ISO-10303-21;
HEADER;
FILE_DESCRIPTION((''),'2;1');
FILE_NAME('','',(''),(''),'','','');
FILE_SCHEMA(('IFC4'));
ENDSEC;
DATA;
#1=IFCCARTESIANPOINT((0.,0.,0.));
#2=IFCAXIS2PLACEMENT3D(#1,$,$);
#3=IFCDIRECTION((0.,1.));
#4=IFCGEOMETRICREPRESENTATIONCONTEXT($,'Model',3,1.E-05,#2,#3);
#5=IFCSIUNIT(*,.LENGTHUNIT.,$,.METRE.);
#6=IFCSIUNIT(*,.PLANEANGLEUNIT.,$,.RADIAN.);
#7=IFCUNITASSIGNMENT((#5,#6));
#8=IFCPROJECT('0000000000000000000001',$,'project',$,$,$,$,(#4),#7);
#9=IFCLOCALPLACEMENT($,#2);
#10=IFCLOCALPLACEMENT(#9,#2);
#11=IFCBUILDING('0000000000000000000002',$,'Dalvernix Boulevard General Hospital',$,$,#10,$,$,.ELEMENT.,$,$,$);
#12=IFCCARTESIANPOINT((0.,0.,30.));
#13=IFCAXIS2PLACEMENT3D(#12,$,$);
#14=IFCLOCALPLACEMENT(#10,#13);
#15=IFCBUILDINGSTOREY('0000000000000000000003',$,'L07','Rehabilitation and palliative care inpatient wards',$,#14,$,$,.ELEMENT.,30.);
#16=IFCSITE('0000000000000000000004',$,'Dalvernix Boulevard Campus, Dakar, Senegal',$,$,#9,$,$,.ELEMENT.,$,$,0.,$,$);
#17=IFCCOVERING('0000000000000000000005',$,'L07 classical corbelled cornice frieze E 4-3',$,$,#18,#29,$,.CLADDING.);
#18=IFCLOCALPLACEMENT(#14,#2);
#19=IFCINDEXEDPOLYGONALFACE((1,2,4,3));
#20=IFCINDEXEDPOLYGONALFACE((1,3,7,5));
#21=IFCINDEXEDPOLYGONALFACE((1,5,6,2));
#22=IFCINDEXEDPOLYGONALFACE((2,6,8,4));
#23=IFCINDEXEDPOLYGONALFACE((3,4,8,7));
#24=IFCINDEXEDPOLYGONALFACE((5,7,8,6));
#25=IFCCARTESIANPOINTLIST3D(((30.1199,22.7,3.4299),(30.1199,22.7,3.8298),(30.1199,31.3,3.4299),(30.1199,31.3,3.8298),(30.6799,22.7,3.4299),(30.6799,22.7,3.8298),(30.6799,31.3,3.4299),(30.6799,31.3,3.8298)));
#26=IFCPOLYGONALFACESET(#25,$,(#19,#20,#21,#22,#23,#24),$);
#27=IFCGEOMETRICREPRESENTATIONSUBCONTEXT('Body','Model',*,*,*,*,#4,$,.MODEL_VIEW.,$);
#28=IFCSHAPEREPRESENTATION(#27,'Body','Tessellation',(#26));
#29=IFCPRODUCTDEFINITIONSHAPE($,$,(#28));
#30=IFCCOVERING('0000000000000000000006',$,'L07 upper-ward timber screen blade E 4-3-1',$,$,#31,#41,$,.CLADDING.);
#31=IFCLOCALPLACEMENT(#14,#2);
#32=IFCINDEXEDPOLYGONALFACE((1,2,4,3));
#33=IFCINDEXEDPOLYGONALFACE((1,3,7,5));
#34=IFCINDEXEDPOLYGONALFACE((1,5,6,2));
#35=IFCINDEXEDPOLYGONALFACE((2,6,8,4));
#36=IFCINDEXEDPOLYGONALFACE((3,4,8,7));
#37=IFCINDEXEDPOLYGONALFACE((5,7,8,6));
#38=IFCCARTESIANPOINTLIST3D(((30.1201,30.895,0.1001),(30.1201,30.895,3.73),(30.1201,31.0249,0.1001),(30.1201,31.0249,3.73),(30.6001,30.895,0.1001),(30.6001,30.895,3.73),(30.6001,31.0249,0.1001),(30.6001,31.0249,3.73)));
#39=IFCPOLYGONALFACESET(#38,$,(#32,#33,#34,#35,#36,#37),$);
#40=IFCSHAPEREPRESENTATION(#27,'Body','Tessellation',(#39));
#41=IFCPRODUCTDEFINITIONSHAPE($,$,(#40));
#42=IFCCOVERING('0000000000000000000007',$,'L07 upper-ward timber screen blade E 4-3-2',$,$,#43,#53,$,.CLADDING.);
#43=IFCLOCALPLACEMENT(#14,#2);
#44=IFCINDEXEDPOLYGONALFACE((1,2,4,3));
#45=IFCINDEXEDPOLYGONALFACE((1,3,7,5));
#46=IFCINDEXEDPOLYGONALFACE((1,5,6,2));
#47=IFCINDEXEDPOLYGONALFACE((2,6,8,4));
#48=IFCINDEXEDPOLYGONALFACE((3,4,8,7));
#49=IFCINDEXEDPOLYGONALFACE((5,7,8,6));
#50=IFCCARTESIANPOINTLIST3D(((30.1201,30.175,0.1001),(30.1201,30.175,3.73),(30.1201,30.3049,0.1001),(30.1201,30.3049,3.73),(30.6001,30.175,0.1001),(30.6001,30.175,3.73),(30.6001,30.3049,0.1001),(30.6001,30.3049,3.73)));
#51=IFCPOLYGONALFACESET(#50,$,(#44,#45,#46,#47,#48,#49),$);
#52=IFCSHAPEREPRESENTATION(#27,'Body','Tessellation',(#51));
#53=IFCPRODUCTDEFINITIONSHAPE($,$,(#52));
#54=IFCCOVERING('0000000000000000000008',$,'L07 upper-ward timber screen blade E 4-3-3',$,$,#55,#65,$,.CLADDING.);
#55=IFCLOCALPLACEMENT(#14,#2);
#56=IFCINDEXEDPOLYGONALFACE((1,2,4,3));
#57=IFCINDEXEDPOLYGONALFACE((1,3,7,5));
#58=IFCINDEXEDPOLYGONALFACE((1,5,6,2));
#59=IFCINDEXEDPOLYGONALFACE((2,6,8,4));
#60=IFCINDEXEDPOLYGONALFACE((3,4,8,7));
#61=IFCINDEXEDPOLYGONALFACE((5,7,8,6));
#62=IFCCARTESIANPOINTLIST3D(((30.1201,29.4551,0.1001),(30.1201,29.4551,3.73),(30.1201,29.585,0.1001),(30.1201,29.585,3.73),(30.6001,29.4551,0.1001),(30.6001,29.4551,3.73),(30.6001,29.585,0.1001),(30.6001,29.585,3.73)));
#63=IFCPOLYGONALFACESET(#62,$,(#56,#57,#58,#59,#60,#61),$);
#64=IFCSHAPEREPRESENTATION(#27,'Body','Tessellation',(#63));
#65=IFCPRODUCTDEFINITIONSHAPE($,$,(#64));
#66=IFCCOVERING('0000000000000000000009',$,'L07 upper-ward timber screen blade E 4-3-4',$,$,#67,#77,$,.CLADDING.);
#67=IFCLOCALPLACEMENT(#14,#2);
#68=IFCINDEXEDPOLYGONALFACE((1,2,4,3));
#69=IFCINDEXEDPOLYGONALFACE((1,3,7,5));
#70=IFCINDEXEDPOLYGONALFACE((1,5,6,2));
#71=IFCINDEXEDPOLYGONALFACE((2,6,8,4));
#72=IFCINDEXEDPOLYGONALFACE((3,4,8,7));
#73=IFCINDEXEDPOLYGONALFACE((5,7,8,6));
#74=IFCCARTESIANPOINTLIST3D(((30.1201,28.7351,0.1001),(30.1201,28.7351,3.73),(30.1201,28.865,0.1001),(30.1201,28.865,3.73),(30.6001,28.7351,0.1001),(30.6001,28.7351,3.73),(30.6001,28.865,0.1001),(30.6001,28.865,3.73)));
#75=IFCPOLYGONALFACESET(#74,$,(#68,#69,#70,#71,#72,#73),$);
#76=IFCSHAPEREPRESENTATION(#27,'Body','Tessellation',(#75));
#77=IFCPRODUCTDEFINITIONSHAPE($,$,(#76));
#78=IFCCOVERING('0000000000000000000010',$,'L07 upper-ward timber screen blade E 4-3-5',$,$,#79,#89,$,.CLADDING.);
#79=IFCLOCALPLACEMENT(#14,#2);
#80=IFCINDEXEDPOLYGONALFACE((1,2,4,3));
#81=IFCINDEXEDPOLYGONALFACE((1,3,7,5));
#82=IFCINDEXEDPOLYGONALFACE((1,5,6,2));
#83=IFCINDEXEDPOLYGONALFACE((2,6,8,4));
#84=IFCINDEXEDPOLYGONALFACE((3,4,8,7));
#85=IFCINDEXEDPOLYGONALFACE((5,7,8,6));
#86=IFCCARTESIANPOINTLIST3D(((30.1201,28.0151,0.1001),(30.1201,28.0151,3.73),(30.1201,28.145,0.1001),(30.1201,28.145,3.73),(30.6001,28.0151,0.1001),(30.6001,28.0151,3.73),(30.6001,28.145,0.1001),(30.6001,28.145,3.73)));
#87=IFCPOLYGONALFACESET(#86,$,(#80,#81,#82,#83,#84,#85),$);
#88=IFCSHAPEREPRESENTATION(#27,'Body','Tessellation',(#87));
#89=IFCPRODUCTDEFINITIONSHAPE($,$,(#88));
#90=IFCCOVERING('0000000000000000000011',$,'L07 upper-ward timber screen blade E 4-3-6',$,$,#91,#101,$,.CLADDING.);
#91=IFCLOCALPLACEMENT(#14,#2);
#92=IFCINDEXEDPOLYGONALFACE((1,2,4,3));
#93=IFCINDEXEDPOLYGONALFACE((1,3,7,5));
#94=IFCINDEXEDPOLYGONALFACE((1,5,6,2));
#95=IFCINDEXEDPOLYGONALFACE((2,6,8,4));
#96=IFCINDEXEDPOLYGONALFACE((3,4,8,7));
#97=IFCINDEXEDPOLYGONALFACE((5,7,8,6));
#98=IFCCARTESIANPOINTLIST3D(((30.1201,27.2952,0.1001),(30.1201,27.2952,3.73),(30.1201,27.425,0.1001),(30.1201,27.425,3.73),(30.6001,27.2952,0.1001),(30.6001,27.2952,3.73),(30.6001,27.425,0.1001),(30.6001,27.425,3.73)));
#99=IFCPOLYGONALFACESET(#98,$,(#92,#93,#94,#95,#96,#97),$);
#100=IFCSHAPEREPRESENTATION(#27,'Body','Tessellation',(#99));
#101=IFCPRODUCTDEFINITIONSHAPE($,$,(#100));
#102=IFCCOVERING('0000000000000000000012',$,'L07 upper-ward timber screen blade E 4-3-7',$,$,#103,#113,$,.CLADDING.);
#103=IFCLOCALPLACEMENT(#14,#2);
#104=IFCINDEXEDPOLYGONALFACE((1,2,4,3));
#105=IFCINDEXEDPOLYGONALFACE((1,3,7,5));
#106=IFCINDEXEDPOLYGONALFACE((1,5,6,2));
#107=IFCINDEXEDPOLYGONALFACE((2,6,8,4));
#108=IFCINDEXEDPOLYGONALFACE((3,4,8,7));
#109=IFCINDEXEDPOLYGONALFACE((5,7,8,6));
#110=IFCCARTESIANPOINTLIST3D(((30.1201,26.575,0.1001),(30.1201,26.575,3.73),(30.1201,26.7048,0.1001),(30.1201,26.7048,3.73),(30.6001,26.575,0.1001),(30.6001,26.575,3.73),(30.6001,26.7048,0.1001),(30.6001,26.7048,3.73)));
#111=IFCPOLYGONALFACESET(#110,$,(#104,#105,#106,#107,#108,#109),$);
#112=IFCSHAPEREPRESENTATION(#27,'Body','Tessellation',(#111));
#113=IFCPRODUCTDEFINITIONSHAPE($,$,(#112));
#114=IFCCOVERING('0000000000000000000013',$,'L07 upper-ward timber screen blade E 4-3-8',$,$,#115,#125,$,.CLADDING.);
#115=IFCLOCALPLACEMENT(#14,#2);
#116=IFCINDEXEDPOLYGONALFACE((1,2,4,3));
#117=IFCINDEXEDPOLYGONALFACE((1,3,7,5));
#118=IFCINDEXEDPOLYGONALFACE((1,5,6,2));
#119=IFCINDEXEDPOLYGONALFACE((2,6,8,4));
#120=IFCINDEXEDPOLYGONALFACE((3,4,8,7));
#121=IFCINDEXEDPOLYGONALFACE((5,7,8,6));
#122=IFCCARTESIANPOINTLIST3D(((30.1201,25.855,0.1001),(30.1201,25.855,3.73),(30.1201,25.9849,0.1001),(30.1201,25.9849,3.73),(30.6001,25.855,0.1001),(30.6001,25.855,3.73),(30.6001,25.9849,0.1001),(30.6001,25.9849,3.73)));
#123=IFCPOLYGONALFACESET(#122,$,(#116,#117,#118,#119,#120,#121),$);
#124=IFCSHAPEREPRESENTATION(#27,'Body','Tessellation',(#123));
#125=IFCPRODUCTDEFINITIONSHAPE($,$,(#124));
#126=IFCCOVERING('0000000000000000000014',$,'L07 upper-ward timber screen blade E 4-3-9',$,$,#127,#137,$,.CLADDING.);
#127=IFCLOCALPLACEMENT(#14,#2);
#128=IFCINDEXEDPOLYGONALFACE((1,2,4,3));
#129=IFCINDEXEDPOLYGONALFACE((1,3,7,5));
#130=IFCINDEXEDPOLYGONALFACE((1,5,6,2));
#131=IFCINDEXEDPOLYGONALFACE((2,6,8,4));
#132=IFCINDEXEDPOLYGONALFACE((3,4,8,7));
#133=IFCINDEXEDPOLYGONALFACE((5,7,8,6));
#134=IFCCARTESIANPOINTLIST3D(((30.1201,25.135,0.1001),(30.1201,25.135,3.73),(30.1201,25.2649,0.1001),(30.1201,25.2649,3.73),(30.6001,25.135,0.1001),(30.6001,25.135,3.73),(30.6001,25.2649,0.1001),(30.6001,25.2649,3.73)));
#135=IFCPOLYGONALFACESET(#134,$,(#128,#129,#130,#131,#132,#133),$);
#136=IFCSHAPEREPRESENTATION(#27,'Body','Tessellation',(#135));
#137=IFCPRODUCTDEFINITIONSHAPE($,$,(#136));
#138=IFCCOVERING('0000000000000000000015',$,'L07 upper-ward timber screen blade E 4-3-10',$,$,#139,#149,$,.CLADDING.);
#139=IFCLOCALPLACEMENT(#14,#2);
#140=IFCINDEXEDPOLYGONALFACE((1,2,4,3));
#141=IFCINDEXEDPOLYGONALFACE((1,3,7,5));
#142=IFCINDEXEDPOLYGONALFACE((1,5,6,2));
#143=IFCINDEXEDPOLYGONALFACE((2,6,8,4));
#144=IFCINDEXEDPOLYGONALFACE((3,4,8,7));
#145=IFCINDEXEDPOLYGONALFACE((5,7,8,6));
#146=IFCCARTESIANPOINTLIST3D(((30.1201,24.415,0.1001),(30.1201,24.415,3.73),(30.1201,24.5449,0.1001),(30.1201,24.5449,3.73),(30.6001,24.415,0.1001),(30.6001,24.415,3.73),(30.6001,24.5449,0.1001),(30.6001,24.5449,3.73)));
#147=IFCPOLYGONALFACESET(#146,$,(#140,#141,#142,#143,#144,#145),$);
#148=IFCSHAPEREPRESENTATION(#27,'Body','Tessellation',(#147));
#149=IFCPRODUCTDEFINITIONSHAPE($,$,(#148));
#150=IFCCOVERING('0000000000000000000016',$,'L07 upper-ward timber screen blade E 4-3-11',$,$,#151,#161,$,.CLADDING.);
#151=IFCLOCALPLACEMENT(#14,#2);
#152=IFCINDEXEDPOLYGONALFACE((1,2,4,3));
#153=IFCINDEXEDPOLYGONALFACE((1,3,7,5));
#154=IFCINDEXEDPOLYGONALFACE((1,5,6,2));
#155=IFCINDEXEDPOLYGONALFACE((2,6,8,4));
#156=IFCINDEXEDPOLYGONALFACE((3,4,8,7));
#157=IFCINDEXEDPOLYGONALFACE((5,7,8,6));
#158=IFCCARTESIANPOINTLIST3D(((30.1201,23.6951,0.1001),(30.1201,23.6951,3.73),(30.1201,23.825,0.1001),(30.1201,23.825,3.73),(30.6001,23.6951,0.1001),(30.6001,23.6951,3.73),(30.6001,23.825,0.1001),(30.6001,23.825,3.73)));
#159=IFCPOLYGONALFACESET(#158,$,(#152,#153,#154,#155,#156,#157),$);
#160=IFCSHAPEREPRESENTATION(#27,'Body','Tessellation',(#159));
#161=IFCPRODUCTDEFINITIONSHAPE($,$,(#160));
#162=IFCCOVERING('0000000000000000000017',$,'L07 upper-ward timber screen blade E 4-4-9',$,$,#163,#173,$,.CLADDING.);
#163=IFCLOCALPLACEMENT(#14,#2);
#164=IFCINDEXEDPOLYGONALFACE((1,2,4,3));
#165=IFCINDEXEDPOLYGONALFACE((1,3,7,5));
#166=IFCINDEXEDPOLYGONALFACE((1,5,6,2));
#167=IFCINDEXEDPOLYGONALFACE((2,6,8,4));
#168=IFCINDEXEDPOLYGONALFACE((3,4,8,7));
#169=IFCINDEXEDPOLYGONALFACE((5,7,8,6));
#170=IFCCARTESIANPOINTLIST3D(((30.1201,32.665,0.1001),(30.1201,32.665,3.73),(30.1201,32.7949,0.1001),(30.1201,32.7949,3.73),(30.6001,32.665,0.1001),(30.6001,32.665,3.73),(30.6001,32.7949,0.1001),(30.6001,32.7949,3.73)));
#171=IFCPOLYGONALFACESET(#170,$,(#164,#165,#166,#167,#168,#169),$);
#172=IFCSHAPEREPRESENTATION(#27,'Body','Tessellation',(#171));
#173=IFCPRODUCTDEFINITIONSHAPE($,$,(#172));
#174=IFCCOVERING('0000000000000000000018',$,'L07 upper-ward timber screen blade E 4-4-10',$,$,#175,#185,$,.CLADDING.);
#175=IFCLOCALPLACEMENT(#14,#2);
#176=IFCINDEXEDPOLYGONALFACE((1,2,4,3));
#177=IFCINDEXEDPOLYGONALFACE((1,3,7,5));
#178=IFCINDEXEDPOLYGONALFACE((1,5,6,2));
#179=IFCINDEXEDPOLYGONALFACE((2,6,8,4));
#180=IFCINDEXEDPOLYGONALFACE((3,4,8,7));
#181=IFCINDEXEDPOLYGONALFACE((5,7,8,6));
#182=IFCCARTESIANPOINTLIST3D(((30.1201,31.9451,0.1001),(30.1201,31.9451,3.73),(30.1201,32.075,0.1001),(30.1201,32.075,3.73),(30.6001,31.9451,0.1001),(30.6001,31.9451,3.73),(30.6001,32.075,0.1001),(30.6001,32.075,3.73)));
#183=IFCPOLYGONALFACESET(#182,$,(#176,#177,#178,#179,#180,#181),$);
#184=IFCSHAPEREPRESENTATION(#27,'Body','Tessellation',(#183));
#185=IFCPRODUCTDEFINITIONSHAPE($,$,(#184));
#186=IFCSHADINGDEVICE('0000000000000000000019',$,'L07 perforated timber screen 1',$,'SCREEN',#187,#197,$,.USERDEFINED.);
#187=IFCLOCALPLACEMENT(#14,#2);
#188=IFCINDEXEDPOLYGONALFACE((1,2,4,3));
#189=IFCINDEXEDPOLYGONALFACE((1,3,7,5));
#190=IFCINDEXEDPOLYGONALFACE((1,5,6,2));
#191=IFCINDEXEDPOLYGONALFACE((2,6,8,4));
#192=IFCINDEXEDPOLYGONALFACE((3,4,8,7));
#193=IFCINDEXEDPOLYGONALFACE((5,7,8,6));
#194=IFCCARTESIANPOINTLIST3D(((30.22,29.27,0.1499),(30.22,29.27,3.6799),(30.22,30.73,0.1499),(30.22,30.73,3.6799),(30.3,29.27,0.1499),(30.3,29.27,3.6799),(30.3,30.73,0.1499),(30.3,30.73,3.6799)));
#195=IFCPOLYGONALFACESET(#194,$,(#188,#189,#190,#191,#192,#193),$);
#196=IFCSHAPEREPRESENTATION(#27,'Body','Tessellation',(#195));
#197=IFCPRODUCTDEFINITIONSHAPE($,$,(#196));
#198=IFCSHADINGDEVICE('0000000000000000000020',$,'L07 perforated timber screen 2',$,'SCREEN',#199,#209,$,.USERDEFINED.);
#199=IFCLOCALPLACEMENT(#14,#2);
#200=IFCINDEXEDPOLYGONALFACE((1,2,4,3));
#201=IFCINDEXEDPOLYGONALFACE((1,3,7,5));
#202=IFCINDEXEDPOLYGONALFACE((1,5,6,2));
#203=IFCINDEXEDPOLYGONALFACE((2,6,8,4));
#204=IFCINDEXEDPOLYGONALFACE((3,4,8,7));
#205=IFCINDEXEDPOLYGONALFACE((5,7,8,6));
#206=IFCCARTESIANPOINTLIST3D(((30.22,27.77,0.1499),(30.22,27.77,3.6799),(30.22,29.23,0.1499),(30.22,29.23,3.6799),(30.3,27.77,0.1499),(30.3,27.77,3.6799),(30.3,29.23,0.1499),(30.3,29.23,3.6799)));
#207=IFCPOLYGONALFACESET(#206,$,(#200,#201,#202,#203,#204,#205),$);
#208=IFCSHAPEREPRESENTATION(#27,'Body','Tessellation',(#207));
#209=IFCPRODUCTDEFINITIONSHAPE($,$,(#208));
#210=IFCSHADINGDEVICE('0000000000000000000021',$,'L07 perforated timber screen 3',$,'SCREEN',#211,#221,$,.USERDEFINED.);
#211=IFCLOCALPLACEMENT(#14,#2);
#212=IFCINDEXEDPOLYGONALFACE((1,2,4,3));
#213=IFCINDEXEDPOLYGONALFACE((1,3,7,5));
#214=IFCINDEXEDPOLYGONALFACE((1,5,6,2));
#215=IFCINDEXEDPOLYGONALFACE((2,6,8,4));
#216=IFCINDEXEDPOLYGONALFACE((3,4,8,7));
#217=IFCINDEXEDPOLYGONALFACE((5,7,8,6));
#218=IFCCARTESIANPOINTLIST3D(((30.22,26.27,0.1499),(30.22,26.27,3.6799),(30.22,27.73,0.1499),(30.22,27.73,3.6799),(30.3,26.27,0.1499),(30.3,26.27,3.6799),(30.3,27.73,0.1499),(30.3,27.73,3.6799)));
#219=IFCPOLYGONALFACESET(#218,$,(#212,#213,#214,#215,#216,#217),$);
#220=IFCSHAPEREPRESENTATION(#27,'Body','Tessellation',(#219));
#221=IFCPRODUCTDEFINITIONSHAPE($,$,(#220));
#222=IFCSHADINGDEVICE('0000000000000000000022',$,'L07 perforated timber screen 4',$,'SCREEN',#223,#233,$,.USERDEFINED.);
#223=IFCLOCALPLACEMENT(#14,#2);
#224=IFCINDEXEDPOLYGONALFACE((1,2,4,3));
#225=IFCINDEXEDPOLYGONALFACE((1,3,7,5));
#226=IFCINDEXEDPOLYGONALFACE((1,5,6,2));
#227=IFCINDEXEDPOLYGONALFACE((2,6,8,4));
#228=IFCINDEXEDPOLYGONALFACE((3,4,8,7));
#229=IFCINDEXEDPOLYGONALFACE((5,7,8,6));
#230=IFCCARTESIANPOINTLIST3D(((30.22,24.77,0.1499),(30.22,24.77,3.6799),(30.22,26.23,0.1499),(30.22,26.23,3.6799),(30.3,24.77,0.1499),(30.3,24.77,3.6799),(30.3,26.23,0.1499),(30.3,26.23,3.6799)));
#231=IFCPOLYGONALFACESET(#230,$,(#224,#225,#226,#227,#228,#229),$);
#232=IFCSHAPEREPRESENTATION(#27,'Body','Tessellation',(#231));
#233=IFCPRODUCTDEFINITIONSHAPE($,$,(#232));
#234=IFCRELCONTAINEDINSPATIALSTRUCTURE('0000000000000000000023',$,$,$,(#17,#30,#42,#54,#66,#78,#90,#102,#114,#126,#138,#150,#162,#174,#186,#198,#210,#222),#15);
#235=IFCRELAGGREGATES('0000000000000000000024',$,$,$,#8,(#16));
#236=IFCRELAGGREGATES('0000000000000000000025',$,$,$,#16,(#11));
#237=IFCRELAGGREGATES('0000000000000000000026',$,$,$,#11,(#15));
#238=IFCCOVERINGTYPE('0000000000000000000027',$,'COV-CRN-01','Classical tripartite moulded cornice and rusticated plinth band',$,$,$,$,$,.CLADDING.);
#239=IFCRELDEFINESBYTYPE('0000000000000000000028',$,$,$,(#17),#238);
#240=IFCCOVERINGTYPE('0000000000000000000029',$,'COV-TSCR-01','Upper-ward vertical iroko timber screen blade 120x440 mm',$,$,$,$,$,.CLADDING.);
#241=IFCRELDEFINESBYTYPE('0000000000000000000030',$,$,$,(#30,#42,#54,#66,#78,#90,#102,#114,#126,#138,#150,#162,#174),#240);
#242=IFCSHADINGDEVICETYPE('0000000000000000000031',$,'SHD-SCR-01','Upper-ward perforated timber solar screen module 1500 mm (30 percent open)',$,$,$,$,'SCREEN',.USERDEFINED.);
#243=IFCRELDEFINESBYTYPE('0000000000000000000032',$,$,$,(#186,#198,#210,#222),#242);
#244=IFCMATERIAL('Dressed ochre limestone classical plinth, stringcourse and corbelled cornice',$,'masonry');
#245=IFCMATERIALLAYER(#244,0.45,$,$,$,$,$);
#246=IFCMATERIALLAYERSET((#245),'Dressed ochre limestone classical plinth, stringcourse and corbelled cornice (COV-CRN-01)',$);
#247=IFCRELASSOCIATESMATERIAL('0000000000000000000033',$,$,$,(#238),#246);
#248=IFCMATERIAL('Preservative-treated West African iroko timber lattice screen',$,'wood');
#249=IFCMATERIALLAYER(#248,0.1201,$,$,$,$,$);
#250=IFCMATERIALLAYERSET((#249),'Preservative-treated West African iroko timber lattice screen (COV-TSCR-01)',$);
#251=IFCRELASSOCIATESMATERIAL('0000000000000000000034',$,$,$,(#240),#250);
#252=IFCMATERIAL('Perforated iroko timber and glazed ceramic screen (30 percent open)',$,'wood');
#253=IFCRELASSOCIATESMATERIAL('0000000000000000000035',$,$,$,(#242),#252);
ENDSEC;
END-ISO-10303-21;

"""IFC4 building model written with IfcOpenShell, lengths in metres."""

from ifc_helpers import new_model, si_unit, direction, frame, origin, origin_2d, place, context, subcontext, project, spatial, rectangle, extrude, material, layer, layer_set, type_object, element, save


model = new_model("IFC4")

# Units and contexts
model_context = context("Model", 3, precision=1e-05, world=origin(), true_north=direction((0.0, 1.0)))
body_context = subcontext(model_context, "Body", "Model", "MODEL_VIEW")
ifc_project = project(units=[si_unit("LENGTHUNIT", "METRE"), si_unit("PLANEANGLEUNIT", "RADIAN")], contexts=[model_context])

# Site, building, storey
site_placement = place(None, origin())
site = spatial("IfcSite", under=ifc_project, at=site_placement, Name="Dalvernix Boulevard Campus, Dakar, Senegal", CompositionType="ELEMENT", RefElevation=0.0)
building_placement = place(site_placement, origin())
building = spatial("IfcBuilding", under=site, at=building_placement, Name="Dalvernix Boulevard General Hospital", CompositionType="ELEMENT")
storey_placement = place(building_placement, frame((0.0, 0.0, 30.0)))
storey = spatial("IfcBuildingStorey", under=building, at=storey_placement, Name="L07", Description="Rehabilitation and palliative care inpatient wards", CompositionType="ELEMENT", Elevation=30.0)

# Coverings
ifc_material_1 = material(Name="Dressed ochre limestone classical plinth, stringcourse and corbelled cornice", Category="masonry")
ifc_layer_1 = layer(ifc_material_1, 0.45)
ifc_layer_set_1 = layer_set([ifc_layer_1], Name="Dressed ochre limestone classical plinth, stringcourse and corbelled cornice (COV-CRN-01)")
covering_type_1 = type_object("IfcCoveringType", Name="COV-CRN-01", Description="Classical tripartite moulded cornice and rusticated plinth band", PredefinedType="CLADDING", material=ifc_layer_set_1)
covering_placement = place(storey_placement, frame((30.3999, 27.0, 3.4299), z_axis=(0.0, 0.0, 1.0), x_axis=(0.0, -1.0, 0.0)))
element("IfcCovering", 1, at=covering_placement, inside=storey, type_object=covering_type_1, Name="L07 classical corbelled cornice frieze E 4-3", PredefinedType="CLADDING", context=body_context, shape_type="SweptSolid", body=[
    extrude(rectangle(XDim=8.6001, YDim=0.5601, at=origin_2d()), origin(), (0.0, 0.0, 1.0), 0.3999),
])
ifc_material_2 = material(Name="Preservative-treated West African iroko timber lattice screen", Category="wood")
ifc_layer_2 = layer(ifc_material_2, 0.1201)
ifc_layer_set_2 = layer_set([ifc_layer_2], Name="Preservative-treated West African iroko timber lattice screen (COV-TSCR-01)")
covering_type_2 = type_object("IfcCoveringType", Name="COV-TSCR-01", Description="Upper-ward vertical iroko timber screen blade 120x440 mm", PredefinedType="CLADDING", material=ifc_layer_set_2)
for number, where, z_axis, x_axis, name in (
    (2, (30.3601, 30.96, 0.1001), (0.0, 0.0, 1.0), (0.0, -1.0, 0.0), "L07 upper-ward timber screen blade E 4-3-1"),
    (3, (30.3601, 30.24, 0.1001), (0.0, 0.0, 1.0), (0.0, -1.0, 0.0), "L07 upper-ward timber screen blade E 4-3-2"),
    (4, (30.3601, 29.52, 0.1001), (0.0, 0.0, 1.0), (0.0, -1.0, 0.0), "L07 upper-ward timber screen blade E 4-3-3"),
    (5, (30.3601, 28.8, 0.1001), (0.0, 0.0, 1.0), (0.0, -1.0, 0.0), "L07 upper-ward timber screen blade E 4-3-4"),
    (6, (30.3601, 28.0801, 0.1001), (0.0, 0.0, 1.0), (0.0, -1.0, 0.0), "L07 upper-ward timber screen blade E 4-3-5"),
    (7, (30.3601, 27.3601, 0.1001), (0.0, 0.0, 1.0), (0.0, -1.0, 0.0), "L07 upper-ward timber screen blade E 4-3-6"),
    (8, (30.3601, 26.6399, 0.1001), (0.0, 0.0, 1.0), (0.0, -1.0, 0.0), "L07 upper-ward timber screen blade E 4-3-7"),
    (9, (30.3601, 25.9199, 0.1001), (0.0, 0.0, 1.0), (0.0, -1.0, 0.0), "L07 upper-ward timber screen blade E 4-3-8"),
    (10, (30.3601, 25.2, 0.1001), (0.0, 0.0, 1.0), (0.0, -1.0, 0.0), "L07 upper-ward timber screen blade E 4-3-9"),
    (11, (30.3601, 24.48, 0.1001), (0.0, 0.0, 1.0), (0.0, -1.0, 0.0), "L07 upper-ward timber screen blade E 4-3-10"),
    (12, (30.3601, 23.76, 0.1001), (0.0, 0.0, 1.0), (0.0, -1.0, 0.0), "L07 upper-ward timber screen blade E 4-3-11"),
    (13, (30.3601, 32.73, 0.1001), (0.0, 0.0, 1.0), (0.0, -1.0, 0.0), "L07 upper-ward timber screen blade E 4-4-9"),
    (14, (30.3601, 32.01, 0.1001), (0.0, 0.0, 1.0), (0.0, -1.0, 0.0), "L07 upper-ward timber screen blade E 4-4-10"),
):
    element("IfcCovering", number, at=place(storey_placement, frame(where, z_axis=z_axis, x_axis=x_axis)), inside=storey, type_object=covering_type_2, Name=name, PredefinedType="CLADDING", context=body_context, shape_type="SweptSolid", body=[
        extrude(rectangle(XDim=0.1299, YDim=0.48, at=origin_2d()), origin(), (0.0, 0.0, 1.0), 3.6299),
    ])

# Shading devices
ifc_material_3 = material(Name="Perforated iroko timber and glazed ceramic screen (30 percent open)", Category="wood")
shading_device_type = type_object("IfcShadingDeviceType", Name="SHD-SCR-01", Description="Upper-ward perforated timber solar screen module 1500 mm (30 percent open)", ElementType="SCREEN", PredefinedType="USERDEFINED", material=ifc_material_3)
for number, where, z_axis, x_axis, name in (
    (15, (30.26, 30.0, 0.1499), (0.0, 0.0, 1.0), (0.0, -1.0, 0.0), "L07 perforated timber screen 1"),
    (16, (30.26, 28.5, 0.1499), (0.0, 0.0, 1.0), (0.0, -1.0, 0.0), "L07 perforated timber screen 2"),
    (17, (30.26, 27.0, 0.1499), (0.0, 0.0, 1.0), (0.0, -1.0, 0.0), "L07 perforated timber screen 3"),
    (18, (30.26, 25.5, 0.1499), (0.0, 0.0, 1.0), (0.0, -1.0, 0.0), "L07 perforated timber screen 4"),
):
    element("IfcShadingDevice", number, at=place(storey_placement, frame(where, z_axis=z_axis, x_axis=x_axis)), inside=storey, type_object=shading_device_type, Name=name, ObjectType="SCREEN", PredefinedType="USERDEFINED", context=body_context, shape_type="SweptSolid", body=[
        extrude(rectangle(XDim=1.46, YDim=0.0801, at=origin_2d()), origin(), (0.0, 0.0, 1.0), 3.53),
    ])

save(model, "model.ifc")
